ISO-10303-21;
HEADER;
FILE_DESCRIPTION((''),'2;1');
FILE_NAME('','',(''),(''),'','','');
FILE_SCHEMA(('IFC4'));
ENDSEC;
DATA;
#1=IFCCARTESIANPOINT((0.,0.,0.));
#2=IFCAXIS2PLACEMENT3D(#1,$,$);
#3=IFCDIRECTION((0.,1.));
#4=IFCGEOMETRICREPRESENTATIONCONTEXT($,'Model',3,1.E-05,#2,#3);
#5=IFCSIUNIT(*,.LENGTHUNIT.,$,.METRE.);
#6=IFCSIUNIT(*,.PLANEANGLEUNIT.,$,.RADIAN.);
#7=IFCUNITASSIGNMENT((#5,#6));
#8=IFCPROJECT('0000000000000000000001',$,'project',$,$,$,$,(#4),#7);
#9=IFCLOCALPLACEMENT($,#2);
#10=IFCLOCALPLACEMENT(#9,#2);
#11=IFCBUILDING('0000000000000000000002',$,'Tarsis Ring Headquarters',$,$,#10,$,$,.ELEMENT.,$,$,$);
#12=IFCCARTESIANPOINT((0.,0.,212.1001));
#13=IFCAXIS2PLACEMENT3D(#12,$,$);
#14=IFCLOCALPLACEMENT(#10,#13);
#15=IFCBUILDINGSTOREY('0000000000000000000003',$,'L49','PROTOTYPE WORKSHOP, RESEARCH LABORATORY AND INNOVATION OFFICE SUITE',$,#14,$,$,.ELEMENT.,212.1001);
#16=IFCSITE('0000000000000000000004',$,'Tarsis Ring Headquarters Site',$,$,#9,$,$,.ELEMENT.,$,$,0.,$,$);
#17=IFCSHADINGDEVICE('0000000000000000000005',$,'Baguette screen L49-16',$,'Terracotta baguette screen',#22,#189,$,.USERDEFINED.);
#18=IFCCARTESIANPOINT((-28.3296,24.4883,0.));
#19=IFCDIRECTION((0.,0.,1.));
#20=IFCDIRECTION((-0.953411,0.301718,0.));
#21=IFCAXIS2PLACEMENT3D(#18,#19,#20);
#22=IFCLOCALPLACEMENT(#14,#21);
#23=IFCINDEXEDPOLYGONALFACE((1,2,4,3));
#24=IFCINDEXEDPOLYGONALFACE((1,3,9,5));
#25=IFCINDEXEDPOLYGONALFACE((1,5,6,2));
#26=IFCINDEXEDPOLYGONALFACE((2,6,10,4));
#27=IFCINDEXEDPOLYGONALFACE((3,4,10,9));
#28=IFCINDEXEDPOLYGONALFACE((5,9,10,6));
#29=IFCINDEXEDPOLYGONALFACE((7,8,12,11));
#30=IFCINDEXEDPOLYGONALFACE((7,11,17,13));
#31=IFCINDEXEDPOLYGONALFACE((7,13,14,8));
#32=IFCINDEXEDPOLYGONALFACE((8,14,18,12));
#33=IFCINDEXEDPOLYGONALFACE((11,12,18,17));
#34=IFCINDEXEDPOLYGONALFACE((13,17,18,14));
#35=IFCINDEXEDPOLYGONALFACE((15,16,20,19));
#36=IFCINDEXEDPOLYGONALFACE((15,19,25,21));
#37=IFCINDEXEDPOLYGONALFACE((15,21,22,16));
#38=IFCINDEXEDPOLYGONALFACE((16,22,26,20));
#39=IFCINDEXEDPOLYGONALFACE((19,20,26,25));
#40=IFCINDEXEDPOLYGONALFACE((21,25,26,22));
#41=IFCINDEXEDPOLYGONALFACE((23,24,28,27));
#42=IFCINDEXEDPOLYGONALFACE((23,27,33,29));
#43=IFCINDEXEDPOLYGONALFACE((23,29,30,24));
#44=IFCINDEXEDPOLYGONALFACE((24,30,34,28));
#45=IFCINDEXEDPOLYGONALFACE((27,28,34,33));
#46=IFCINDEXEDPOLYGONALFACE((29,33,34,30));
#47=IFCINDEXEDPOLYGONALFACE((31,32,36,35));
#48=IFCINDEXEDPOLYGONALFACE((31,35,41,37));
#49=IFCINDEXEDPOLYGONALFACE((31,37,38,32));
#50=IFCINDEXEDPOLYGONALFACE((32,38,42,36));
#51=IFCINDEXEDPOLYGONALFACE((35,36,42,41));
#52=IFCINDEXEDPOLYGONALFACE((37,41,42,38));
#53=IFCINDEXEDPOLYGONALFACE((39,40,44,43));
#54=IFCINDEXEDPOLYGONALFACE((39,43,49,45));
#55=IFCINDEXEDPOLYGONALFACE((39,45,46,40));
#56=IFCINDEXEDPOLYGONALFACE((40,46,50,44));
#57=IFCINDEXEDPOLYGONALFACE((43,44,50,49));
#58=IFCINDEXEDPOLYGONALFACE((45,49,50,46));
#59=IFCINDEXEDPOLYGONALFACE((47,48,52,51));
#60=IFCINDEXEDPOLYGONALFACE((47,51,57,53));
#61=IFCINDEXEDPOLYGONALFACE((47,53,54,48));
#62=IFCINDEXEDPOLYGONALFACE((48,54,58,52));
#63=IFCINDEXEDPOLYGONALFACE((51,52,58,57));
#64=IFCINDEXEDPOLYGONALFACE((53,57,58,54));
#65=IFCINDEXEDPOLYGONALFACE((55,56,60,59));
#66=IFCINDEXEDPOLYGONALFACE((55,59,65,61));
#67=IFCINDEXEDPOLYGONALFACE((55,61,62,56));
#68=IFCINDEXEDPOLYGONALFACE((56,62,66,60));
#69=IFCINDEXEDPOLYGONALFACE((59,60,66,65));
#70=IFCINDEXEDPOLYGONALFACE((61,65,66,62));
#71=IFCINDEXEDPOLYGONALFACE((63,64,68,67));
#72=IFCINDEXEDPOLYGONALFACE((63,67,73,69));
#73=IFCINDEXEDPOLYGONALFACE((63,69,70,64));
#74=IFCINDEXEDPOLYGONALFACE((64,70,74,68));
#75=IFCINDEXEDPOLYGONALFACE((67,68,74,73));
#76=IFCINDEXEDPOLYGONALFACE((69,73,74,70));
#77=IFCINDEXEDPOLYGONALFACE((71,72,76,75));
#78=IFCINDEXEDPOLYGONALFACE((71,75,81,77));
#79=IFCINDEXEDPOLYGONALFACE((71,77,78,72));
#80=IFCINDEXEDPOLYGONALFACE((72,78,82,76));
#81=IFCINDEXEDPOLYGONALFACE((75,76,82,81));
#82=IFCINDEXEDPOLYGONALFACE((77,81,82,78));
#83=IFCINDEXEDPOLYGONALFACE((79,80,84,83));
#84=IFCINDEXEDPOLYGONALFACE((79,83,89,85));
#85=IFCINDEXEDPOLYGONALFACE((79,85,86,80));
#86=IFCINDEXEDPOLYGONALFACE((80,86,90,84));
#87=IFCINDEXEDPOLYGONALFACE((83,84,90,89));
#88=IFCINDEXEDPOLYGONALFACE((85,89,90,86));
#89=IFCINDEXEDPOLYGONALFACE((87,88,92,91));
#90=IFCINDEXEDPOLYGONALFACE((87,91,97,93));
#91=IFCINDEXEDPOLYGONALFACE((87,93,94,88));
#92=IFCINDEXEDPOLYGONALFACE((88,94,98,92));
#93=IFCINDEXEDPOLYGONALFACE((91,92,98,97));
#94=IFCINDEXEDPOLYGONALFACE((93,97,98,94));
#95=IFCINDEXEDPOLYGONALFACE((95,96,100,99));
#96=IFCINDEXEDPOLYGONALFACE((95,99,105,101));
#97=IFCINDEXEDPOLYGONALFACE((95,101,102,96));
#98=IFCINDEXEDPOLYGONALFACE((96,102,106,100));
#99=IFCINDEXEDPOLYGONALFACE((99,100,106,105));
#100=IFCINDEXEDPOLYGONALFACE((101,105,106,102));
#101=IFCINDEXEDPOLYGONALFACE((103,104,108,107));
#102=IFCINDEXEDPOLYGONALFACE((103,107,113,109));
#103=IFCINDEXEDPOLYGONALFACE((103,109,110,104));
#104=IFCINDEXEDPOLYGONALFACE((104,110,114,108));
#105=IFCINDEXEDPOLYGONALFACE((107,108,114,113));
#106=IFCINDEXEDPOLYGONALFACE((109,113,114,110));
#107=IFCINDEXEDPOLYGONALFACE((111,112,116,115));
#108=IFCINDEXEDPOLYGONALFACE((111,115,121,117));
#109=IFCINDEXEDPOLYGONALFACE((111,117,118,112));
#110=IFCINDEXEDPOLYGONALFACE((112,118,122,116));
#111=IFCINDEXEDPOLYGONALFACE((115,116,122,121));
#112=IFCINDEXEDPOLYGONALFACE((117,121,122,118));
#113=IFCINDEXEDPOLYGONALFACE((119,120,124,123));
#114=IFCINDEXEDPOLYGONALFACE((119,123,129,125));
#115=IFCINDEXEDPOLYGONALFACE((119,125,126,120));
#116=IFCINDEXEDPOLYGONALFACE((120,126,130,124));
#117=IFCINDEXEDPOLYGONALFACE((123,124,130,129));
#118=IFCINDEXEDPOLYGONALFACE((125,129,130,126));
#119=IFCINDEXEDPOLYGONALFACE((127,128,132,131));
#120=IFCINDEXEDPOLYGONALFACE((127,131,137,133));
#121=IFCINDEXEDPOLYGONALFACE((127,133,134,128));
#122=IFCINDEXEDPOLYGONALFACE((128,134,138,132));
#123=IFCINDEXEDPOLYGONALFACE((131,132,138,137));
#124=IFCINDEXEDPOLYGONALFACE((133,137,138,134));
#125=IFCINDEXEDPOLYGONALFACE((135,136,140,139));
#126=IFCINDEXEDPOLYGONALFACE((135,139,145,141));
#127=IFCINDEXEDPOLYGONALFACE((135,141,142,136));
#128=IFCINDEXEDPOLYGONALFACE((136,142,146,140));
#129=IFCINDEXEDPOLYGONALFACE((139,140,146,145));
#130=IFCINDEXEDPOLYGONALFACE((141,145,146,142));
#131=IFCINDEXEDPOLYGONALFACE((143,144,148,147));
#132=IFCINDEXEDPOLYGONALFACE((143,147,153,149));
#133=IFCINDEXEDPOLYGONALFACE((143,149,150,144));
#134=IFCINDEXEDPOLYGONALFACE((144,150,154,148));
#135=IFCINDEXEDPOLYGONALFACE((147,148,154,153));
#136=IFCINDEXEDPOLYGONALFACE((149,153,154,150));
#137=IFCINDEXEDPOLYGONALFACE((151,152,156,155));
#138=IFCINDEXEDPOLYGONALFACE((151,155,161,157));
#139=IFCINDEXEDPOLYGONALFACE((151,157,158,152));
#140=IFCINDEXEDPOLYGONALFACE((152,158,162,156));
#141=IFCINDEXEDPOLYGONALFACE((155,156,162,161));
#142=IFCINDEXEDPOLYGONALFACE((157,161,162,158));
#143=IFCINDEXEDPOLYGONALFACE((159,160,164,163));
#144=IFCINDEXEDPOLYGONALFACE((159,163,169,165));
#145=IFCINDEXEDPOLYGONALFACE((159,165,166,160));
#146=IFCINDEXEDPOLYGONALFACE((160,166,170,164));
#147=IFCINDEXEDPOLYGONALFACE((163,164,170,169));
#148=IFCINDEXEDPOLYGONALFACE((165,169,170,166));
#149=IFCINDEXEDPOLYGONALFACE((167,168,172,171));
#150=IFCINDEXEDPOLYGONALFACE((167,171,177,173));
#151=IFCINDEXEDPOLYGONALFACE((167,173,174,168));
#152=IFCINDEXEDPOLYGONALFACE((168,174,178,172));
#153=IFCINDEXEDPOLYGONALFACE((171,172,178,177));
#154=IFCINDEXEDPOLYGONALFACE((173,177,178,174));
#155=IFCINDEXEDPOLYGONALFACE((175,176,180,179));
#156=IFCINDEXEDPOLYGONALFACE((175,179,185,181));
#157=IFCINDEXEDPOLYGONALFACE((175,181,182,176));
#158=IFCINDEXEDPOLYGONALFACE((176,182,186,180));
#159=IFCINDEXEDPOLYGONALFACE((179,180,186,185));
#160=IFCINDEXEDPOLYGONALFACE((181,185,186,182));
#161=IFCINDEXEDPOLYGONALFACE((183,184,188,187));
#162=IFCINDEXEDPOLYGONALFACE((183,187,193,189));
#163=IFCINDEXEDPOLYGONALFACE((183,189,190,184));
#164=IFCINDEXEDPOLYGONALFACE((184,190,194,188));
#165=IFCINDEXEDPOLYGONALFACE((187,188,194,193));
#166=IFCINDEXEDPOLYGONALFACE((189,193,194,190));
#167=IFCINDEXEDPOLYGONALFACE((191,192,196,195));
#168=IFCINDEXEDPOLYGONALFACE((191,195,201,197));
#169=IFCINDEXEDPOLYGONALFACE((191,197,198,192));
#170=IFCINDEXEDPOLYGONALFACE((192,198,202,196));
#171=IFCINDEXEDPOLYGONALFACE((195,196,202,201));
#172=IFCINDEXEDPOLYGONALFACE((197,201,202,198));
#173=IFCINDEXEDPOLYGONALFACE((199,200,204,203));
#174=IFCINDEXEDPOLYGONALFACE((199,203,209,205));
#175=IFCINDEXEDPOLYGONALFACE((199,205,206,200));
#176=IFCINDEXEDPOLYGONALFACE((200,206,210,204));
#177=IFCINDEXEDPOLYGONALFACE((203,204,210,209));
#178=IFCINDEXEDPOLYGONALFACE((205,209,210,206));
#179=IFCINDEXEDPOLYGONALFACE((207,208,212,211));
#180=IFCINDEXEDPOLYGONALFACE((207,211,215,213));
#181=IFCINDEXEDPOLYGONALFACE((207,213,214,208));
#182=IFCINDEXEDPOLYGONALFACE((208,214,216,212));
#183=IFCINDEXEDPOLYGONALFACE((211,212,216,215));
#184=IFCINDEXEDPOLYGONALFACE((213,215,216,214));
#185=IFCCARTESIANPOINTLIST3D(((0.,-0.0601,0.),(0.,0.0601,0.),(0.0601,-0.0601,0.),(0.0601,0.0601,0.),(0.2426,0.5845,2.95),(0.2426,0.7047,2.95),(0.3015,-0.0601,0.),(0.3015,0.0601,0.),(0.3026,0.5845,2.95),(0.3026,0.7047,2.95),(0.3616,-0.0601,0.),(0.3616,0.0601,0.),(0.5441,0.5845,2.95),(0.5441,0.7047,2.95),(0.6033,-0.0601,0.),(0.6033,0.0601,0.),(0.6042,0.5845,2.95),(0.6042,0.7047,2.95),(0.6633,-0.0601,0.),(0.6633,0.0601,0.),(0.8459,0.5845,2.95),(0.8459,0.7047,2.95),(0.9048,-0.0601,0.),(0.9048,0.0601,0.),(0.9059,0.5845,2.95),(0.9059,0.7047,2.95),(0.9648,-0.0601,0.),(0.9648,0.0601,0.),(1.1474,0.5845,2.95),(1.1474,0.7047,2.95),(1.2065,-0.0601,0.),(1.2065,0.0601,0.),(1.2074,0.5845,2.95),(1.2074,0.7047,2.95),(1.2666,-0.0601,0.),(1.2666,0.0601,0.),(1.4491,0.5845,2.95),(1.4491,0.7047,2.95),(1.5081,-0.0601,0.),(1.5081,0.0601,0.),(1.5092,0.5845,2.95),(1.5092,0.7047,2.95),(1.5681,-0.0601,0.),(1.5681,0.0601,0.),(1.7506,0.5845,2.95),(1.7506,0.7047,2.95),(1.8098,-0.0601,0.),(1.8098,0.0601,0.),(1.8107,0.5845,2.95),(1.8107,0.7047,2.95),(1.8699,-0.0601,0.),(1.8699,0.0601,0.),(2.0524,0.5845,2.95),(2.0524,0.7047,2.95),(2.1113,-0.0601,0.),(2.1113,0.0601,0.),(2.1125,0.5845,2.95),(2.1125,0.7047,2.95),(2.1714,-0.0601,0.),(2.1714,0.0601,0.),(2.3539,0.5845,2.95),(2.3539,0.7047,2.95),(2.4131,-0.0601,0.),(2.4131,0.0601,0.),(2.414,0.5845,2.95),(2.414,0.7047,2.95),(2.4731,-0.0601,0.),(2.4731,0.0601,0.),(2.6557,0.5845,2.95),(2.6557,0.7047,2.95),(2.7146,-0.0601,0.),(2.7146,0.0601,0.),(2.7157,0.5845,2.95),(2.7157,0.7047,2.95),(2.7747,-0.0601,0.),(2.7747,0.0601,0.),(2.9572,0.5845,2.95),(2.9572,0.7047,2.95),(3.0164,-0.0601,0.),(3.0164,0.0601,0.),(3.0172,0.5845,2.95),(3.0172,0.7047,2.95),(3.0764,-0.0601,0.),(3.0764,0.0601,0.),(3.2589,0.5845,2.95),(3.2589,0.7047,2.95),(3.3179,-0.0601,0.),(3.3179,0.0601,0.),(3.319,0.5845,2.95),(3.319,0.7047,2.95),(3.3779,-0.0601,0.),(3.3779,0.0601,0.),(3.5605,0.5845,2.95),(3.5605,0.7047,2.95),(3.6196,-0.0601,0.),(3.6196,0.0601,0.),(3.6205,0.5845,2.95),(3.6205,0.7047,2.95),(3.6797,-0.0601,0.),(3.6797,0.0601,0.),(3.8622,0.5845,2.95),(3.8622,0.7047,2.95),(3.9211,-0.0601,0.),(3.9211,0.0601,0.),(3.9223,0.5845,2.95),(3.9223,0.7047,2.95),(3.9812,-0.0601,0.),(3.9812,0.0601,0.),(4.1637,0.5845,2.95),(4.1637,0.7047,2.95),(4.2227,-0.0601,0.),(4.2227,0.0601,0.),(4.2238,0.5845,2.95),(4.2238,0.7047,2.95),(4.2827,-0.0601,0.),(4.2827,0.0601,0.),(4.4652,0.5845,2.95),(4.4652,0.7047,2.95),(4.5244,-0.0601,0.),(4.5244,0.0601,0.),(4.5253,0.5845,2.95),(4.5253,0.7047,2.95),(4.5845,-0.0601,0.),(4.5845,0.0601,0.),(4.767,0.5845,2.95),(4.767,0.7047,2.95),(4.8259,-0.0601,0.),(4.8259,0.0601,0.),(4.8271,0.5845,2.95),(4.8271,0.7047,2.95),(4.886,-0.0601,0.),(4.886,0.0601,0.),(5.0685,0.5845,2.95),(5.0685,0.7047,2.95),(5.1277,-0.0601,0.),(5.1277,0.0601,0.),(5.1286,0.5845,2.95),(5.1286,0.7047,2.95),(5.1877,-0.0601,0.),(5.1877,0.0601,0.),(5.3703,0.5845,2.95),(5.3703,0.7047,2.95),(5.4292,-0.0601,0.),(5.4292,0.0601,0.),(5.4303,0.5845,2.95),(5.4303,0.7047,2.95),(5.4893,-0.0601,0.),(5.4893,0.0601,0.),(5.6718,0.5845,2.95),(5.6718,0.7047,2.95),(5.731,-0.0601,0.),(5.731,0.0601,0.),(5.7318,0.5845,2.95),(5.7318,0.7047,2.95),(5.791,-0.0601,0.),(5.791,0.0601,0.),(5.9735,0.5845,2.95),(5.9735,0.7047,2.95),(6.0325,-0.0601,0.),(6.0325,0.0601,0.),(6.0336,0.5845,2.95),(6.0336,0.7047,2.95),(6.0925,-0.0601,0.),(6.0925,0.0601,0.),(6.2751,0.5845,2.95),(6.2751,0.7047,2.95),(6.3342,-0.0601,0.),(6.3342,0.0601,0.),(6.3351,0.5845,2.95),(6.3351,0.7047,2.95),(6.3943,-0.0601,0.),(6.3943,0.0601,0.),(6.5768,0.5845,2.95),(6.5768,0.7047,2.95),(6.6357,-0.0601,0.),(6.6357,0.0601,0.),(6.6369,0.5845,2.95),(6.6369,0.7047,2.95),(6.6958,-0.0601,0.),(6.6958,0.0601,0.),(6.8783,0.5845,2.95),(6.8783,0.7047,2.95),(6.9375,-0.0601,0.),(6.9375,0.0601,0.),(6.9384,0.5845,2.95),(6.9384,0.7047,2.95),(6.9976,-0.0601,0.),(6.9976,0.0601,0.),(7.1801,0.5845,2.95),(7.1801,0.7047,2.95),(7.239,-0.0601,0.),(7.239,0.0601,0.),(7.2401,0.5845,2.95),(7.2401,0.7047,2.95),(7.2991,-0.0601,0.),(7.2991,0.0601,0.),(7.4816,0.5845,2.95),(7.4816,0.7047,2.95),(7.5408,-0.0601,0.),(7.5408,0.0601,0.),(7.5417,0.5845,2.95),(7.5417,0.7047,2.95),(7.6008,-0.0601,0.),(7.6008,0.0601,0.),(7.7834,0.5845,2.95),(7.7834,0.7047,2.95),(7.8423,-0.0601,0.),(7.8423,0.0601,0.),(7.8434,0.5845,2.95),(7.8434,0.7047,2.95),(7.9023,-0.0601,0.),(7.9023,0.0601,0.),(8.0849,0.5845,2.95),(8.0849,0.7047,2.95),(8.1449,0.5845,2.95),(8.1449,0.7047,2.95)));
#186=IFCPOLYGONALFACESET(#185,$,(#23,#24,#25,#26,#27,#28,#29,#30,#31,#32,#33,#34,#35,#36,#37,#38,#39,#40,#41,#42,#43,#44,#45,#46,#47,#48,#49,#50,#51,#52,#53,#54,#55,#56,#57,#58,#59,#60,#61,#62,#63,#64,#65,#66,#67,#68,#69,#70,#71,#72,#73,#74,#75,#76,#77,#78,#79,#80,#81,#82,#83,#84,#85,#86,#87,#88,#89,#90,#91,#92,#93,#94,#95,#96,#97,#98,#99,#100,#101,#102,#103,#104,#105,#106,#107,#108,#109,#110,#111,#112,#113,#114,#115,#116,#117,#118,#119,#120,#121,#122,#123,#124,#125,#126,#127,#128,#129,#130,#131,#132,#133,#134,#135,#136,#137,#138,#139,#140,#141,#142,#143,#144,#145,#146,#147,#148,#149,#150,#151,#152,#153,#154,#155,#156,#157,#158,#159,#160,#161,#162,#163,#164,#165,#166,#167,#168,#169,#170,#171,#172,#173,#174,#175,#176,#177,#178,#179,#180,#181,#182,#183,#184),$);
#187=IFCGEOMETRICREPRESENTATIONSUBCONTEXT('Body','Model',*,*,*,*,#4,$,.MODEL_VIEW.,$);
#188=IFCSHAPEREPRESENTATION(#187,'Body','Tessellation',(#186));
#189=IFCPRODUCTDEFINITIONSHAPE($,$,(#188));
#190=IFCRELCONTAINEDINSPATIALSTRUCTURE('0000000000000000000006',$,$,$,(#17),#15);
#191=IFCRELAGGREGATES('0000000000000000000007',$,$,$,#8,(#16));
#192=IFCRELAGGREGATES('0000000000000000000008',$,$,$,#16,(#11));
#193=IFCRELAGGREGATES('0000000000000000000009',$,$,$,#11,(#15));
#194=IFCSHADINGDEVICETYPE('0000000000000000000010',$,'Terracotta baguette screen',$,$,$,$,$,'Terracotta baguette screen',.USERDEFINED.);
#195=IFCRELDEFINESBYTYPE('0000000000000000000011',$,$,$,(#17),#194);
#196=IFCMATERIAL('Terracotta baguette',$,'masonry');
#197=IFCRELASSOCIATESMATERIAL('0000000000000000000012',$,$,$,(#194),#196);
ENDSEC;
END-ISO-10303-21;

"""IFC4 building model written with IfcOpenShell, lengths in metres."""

from ifc_helpers import new_model, si_unit, direction, frame, frame_2d, origin, place, context, subcontext, project, spatial, rectangle, composite_profile, extrude, material, type_object, element, save


model = new_model("IFC4")

# Units and contexts
model_context = context("Model", 3, precision=1e-05, world=origin(), true_north=direction((0.0, 1.0)))
body_context = subcontext(model_context, "Body", "Model", "MODEL_VIEW")
ifc_project = project(units=[si_unit("LENGTHUNIT", "METRE"), si_unit("PLANEANGLEUNIT", "RADIAN")], contexts=[model_context])

# Site, building, storey
site_placement = place(None, origin())
site = spatial("IfcSite", under=ifc_project, at=site_placement, Name="Tarsis Ring Headquarters Site", CompositionType="ELEMENT", RefElevation=0.0)
building_placement = place(site_placement, origin())
building = spatial("IfcBuilding", under=site, at=building_placement, Name="Tarsis Ring Headquarters", CompositionType="ELEMENT")
storey_placement = place(building_placement, frame((0.0, 0.0, 212.1001)))
storey = spatial("IfcBuildingStorey", under=building, at=storey_placement, Name="L49", Description="PROTOTYPE WORKSHOP, RESEARCH LABORATORY AND INNOVATION OFFICE SUITE", CompositionType="ELEMENT", Elevation=212.1001)

# Shading device
ifc_material_1 = material(Name="Terracotta baguette", Category="masonry")
shading_device_type_1 = type_object("IfcShadingDeviceType", Name="Terracotta baguette screen", ElementType="Terracotta baguette screen", PredefinedType="USERDEFINED", material=ifc_material_1)
shading_device_1_placement = place(storey_placement, frame((-28.3296, 24.4883, 0.0), z_axis=(0.0, 0.0, 1.0), x_axis=(-0.953411, 0.301718, 0.0)))
element("IfcShadingDevice", 1, at=shading_device_1_placement, inside=storey, type_object=shading_device_type_1, Name="Baguette screen L49-16", ObjectType="Terracotta baguette screen", PredefinedType="USERDEFINED", context=body_context, shape_type="SweptSolid", body=[
    extrude(composite_profile([rectangle(XDim=0.0601, YDim=0.1201, at=frame_2d((0.03, 0.0))), rectangle(XDim=0.0601, YDim=0.1201, at=frame_2d((0.3315, 0.0))), rectangle(XDim=0.0601, YDim=0.1201, at=frame_2d((0.6333, 0.0))), rectangle(XDim=0.0601, YDim=0.1201, at=frame_2d((0.9348, 0.0))), rectangle(XDim=0.0601, YDim=0.1201, at=frame_2d((1.2366, 0.0))), rectangle(XDim=0.0601, YDim=0.1201, at=frame_2d((1.5381, 0.0))), rectangle(XDim=0.0601, YDim=0.1201, at=frame_2d((1.8398, 0.0))), rectangle(XDim=0.0601, YDim=0.1201, at=frame_2d((2.1414, 0.0))), rectangle(XDim=0.0601, YDim=0.1201, at=frame_2d((2.4431, 0.0))), rectangle(XDim=0.0601, YDim=0.1201, at=frame_2d((2.7446, 0.0))), rectangle(XDim=0.0601, YDim=0.1201, at=frame_2d((3.0464, 0.0))), rectangle(XDim=0.0601, YDim=0.1201, at=frame_2d((3.3479, 0.0))), rectangle(XDim=0.0601, YDim=0.1201, at=frame_2d((3.6497, 0.0))), rectangle(XDim=0.0601, YDim=0.1201, at=frame_2d((3.9512, 0.0))), rectangle(XDim=0.0601, YDim=0.1201, at=frame_2d((4.2527, 0.0))), rectangle(XDim=0.0601, YDim=0.1201, at=frame_2d((4.5544, 0.0))), rectangle(XDim=0.0601, YDim=0.1201, at=frame_2d((4.856, 0.0))), rectangle(XDim=0.0601, YDim=0.1201, at=frame_2d((5.1577, 0.0))), rectangle(XDim=0.0601, YDim=0.1201, at=frame_2d((5.4592, 0.0))), rectangle(XDim=0.0601, YDim=0.1201, at=frame_2d((5.761, 0.0))), rectangle(XDim=0.0601, YDim=0.1201, at=frame_2d((6.0625, 0.0))), rectangle(XDim=0.0601, YDim=0.1201, at=frame_2d((6.3643, 0.0))), rectangle(XDim=0.0601, YDim=0.1201, at=frame_2d((6.6658, 0.0))), rectangle(XDim=0.0601, YDim=0.1201, at=frame_2d((6.9675, 0.0))), rectangle(XDim=0.0601, YDim=0.1201, at=frame_2d((7.269, 0.0))), rectangle(XDim=0.0601, YDim=0.1201, at=frame_2d((7.5708, 0.0))), rectangle(XDim=0.0601, YDim=0.1201, at=frame_2d((7.8723, 0.0)))]), origin(), (0.080078, 0.212789, 0.973811), 3.0293),
])

save(model, "model.ifc")
